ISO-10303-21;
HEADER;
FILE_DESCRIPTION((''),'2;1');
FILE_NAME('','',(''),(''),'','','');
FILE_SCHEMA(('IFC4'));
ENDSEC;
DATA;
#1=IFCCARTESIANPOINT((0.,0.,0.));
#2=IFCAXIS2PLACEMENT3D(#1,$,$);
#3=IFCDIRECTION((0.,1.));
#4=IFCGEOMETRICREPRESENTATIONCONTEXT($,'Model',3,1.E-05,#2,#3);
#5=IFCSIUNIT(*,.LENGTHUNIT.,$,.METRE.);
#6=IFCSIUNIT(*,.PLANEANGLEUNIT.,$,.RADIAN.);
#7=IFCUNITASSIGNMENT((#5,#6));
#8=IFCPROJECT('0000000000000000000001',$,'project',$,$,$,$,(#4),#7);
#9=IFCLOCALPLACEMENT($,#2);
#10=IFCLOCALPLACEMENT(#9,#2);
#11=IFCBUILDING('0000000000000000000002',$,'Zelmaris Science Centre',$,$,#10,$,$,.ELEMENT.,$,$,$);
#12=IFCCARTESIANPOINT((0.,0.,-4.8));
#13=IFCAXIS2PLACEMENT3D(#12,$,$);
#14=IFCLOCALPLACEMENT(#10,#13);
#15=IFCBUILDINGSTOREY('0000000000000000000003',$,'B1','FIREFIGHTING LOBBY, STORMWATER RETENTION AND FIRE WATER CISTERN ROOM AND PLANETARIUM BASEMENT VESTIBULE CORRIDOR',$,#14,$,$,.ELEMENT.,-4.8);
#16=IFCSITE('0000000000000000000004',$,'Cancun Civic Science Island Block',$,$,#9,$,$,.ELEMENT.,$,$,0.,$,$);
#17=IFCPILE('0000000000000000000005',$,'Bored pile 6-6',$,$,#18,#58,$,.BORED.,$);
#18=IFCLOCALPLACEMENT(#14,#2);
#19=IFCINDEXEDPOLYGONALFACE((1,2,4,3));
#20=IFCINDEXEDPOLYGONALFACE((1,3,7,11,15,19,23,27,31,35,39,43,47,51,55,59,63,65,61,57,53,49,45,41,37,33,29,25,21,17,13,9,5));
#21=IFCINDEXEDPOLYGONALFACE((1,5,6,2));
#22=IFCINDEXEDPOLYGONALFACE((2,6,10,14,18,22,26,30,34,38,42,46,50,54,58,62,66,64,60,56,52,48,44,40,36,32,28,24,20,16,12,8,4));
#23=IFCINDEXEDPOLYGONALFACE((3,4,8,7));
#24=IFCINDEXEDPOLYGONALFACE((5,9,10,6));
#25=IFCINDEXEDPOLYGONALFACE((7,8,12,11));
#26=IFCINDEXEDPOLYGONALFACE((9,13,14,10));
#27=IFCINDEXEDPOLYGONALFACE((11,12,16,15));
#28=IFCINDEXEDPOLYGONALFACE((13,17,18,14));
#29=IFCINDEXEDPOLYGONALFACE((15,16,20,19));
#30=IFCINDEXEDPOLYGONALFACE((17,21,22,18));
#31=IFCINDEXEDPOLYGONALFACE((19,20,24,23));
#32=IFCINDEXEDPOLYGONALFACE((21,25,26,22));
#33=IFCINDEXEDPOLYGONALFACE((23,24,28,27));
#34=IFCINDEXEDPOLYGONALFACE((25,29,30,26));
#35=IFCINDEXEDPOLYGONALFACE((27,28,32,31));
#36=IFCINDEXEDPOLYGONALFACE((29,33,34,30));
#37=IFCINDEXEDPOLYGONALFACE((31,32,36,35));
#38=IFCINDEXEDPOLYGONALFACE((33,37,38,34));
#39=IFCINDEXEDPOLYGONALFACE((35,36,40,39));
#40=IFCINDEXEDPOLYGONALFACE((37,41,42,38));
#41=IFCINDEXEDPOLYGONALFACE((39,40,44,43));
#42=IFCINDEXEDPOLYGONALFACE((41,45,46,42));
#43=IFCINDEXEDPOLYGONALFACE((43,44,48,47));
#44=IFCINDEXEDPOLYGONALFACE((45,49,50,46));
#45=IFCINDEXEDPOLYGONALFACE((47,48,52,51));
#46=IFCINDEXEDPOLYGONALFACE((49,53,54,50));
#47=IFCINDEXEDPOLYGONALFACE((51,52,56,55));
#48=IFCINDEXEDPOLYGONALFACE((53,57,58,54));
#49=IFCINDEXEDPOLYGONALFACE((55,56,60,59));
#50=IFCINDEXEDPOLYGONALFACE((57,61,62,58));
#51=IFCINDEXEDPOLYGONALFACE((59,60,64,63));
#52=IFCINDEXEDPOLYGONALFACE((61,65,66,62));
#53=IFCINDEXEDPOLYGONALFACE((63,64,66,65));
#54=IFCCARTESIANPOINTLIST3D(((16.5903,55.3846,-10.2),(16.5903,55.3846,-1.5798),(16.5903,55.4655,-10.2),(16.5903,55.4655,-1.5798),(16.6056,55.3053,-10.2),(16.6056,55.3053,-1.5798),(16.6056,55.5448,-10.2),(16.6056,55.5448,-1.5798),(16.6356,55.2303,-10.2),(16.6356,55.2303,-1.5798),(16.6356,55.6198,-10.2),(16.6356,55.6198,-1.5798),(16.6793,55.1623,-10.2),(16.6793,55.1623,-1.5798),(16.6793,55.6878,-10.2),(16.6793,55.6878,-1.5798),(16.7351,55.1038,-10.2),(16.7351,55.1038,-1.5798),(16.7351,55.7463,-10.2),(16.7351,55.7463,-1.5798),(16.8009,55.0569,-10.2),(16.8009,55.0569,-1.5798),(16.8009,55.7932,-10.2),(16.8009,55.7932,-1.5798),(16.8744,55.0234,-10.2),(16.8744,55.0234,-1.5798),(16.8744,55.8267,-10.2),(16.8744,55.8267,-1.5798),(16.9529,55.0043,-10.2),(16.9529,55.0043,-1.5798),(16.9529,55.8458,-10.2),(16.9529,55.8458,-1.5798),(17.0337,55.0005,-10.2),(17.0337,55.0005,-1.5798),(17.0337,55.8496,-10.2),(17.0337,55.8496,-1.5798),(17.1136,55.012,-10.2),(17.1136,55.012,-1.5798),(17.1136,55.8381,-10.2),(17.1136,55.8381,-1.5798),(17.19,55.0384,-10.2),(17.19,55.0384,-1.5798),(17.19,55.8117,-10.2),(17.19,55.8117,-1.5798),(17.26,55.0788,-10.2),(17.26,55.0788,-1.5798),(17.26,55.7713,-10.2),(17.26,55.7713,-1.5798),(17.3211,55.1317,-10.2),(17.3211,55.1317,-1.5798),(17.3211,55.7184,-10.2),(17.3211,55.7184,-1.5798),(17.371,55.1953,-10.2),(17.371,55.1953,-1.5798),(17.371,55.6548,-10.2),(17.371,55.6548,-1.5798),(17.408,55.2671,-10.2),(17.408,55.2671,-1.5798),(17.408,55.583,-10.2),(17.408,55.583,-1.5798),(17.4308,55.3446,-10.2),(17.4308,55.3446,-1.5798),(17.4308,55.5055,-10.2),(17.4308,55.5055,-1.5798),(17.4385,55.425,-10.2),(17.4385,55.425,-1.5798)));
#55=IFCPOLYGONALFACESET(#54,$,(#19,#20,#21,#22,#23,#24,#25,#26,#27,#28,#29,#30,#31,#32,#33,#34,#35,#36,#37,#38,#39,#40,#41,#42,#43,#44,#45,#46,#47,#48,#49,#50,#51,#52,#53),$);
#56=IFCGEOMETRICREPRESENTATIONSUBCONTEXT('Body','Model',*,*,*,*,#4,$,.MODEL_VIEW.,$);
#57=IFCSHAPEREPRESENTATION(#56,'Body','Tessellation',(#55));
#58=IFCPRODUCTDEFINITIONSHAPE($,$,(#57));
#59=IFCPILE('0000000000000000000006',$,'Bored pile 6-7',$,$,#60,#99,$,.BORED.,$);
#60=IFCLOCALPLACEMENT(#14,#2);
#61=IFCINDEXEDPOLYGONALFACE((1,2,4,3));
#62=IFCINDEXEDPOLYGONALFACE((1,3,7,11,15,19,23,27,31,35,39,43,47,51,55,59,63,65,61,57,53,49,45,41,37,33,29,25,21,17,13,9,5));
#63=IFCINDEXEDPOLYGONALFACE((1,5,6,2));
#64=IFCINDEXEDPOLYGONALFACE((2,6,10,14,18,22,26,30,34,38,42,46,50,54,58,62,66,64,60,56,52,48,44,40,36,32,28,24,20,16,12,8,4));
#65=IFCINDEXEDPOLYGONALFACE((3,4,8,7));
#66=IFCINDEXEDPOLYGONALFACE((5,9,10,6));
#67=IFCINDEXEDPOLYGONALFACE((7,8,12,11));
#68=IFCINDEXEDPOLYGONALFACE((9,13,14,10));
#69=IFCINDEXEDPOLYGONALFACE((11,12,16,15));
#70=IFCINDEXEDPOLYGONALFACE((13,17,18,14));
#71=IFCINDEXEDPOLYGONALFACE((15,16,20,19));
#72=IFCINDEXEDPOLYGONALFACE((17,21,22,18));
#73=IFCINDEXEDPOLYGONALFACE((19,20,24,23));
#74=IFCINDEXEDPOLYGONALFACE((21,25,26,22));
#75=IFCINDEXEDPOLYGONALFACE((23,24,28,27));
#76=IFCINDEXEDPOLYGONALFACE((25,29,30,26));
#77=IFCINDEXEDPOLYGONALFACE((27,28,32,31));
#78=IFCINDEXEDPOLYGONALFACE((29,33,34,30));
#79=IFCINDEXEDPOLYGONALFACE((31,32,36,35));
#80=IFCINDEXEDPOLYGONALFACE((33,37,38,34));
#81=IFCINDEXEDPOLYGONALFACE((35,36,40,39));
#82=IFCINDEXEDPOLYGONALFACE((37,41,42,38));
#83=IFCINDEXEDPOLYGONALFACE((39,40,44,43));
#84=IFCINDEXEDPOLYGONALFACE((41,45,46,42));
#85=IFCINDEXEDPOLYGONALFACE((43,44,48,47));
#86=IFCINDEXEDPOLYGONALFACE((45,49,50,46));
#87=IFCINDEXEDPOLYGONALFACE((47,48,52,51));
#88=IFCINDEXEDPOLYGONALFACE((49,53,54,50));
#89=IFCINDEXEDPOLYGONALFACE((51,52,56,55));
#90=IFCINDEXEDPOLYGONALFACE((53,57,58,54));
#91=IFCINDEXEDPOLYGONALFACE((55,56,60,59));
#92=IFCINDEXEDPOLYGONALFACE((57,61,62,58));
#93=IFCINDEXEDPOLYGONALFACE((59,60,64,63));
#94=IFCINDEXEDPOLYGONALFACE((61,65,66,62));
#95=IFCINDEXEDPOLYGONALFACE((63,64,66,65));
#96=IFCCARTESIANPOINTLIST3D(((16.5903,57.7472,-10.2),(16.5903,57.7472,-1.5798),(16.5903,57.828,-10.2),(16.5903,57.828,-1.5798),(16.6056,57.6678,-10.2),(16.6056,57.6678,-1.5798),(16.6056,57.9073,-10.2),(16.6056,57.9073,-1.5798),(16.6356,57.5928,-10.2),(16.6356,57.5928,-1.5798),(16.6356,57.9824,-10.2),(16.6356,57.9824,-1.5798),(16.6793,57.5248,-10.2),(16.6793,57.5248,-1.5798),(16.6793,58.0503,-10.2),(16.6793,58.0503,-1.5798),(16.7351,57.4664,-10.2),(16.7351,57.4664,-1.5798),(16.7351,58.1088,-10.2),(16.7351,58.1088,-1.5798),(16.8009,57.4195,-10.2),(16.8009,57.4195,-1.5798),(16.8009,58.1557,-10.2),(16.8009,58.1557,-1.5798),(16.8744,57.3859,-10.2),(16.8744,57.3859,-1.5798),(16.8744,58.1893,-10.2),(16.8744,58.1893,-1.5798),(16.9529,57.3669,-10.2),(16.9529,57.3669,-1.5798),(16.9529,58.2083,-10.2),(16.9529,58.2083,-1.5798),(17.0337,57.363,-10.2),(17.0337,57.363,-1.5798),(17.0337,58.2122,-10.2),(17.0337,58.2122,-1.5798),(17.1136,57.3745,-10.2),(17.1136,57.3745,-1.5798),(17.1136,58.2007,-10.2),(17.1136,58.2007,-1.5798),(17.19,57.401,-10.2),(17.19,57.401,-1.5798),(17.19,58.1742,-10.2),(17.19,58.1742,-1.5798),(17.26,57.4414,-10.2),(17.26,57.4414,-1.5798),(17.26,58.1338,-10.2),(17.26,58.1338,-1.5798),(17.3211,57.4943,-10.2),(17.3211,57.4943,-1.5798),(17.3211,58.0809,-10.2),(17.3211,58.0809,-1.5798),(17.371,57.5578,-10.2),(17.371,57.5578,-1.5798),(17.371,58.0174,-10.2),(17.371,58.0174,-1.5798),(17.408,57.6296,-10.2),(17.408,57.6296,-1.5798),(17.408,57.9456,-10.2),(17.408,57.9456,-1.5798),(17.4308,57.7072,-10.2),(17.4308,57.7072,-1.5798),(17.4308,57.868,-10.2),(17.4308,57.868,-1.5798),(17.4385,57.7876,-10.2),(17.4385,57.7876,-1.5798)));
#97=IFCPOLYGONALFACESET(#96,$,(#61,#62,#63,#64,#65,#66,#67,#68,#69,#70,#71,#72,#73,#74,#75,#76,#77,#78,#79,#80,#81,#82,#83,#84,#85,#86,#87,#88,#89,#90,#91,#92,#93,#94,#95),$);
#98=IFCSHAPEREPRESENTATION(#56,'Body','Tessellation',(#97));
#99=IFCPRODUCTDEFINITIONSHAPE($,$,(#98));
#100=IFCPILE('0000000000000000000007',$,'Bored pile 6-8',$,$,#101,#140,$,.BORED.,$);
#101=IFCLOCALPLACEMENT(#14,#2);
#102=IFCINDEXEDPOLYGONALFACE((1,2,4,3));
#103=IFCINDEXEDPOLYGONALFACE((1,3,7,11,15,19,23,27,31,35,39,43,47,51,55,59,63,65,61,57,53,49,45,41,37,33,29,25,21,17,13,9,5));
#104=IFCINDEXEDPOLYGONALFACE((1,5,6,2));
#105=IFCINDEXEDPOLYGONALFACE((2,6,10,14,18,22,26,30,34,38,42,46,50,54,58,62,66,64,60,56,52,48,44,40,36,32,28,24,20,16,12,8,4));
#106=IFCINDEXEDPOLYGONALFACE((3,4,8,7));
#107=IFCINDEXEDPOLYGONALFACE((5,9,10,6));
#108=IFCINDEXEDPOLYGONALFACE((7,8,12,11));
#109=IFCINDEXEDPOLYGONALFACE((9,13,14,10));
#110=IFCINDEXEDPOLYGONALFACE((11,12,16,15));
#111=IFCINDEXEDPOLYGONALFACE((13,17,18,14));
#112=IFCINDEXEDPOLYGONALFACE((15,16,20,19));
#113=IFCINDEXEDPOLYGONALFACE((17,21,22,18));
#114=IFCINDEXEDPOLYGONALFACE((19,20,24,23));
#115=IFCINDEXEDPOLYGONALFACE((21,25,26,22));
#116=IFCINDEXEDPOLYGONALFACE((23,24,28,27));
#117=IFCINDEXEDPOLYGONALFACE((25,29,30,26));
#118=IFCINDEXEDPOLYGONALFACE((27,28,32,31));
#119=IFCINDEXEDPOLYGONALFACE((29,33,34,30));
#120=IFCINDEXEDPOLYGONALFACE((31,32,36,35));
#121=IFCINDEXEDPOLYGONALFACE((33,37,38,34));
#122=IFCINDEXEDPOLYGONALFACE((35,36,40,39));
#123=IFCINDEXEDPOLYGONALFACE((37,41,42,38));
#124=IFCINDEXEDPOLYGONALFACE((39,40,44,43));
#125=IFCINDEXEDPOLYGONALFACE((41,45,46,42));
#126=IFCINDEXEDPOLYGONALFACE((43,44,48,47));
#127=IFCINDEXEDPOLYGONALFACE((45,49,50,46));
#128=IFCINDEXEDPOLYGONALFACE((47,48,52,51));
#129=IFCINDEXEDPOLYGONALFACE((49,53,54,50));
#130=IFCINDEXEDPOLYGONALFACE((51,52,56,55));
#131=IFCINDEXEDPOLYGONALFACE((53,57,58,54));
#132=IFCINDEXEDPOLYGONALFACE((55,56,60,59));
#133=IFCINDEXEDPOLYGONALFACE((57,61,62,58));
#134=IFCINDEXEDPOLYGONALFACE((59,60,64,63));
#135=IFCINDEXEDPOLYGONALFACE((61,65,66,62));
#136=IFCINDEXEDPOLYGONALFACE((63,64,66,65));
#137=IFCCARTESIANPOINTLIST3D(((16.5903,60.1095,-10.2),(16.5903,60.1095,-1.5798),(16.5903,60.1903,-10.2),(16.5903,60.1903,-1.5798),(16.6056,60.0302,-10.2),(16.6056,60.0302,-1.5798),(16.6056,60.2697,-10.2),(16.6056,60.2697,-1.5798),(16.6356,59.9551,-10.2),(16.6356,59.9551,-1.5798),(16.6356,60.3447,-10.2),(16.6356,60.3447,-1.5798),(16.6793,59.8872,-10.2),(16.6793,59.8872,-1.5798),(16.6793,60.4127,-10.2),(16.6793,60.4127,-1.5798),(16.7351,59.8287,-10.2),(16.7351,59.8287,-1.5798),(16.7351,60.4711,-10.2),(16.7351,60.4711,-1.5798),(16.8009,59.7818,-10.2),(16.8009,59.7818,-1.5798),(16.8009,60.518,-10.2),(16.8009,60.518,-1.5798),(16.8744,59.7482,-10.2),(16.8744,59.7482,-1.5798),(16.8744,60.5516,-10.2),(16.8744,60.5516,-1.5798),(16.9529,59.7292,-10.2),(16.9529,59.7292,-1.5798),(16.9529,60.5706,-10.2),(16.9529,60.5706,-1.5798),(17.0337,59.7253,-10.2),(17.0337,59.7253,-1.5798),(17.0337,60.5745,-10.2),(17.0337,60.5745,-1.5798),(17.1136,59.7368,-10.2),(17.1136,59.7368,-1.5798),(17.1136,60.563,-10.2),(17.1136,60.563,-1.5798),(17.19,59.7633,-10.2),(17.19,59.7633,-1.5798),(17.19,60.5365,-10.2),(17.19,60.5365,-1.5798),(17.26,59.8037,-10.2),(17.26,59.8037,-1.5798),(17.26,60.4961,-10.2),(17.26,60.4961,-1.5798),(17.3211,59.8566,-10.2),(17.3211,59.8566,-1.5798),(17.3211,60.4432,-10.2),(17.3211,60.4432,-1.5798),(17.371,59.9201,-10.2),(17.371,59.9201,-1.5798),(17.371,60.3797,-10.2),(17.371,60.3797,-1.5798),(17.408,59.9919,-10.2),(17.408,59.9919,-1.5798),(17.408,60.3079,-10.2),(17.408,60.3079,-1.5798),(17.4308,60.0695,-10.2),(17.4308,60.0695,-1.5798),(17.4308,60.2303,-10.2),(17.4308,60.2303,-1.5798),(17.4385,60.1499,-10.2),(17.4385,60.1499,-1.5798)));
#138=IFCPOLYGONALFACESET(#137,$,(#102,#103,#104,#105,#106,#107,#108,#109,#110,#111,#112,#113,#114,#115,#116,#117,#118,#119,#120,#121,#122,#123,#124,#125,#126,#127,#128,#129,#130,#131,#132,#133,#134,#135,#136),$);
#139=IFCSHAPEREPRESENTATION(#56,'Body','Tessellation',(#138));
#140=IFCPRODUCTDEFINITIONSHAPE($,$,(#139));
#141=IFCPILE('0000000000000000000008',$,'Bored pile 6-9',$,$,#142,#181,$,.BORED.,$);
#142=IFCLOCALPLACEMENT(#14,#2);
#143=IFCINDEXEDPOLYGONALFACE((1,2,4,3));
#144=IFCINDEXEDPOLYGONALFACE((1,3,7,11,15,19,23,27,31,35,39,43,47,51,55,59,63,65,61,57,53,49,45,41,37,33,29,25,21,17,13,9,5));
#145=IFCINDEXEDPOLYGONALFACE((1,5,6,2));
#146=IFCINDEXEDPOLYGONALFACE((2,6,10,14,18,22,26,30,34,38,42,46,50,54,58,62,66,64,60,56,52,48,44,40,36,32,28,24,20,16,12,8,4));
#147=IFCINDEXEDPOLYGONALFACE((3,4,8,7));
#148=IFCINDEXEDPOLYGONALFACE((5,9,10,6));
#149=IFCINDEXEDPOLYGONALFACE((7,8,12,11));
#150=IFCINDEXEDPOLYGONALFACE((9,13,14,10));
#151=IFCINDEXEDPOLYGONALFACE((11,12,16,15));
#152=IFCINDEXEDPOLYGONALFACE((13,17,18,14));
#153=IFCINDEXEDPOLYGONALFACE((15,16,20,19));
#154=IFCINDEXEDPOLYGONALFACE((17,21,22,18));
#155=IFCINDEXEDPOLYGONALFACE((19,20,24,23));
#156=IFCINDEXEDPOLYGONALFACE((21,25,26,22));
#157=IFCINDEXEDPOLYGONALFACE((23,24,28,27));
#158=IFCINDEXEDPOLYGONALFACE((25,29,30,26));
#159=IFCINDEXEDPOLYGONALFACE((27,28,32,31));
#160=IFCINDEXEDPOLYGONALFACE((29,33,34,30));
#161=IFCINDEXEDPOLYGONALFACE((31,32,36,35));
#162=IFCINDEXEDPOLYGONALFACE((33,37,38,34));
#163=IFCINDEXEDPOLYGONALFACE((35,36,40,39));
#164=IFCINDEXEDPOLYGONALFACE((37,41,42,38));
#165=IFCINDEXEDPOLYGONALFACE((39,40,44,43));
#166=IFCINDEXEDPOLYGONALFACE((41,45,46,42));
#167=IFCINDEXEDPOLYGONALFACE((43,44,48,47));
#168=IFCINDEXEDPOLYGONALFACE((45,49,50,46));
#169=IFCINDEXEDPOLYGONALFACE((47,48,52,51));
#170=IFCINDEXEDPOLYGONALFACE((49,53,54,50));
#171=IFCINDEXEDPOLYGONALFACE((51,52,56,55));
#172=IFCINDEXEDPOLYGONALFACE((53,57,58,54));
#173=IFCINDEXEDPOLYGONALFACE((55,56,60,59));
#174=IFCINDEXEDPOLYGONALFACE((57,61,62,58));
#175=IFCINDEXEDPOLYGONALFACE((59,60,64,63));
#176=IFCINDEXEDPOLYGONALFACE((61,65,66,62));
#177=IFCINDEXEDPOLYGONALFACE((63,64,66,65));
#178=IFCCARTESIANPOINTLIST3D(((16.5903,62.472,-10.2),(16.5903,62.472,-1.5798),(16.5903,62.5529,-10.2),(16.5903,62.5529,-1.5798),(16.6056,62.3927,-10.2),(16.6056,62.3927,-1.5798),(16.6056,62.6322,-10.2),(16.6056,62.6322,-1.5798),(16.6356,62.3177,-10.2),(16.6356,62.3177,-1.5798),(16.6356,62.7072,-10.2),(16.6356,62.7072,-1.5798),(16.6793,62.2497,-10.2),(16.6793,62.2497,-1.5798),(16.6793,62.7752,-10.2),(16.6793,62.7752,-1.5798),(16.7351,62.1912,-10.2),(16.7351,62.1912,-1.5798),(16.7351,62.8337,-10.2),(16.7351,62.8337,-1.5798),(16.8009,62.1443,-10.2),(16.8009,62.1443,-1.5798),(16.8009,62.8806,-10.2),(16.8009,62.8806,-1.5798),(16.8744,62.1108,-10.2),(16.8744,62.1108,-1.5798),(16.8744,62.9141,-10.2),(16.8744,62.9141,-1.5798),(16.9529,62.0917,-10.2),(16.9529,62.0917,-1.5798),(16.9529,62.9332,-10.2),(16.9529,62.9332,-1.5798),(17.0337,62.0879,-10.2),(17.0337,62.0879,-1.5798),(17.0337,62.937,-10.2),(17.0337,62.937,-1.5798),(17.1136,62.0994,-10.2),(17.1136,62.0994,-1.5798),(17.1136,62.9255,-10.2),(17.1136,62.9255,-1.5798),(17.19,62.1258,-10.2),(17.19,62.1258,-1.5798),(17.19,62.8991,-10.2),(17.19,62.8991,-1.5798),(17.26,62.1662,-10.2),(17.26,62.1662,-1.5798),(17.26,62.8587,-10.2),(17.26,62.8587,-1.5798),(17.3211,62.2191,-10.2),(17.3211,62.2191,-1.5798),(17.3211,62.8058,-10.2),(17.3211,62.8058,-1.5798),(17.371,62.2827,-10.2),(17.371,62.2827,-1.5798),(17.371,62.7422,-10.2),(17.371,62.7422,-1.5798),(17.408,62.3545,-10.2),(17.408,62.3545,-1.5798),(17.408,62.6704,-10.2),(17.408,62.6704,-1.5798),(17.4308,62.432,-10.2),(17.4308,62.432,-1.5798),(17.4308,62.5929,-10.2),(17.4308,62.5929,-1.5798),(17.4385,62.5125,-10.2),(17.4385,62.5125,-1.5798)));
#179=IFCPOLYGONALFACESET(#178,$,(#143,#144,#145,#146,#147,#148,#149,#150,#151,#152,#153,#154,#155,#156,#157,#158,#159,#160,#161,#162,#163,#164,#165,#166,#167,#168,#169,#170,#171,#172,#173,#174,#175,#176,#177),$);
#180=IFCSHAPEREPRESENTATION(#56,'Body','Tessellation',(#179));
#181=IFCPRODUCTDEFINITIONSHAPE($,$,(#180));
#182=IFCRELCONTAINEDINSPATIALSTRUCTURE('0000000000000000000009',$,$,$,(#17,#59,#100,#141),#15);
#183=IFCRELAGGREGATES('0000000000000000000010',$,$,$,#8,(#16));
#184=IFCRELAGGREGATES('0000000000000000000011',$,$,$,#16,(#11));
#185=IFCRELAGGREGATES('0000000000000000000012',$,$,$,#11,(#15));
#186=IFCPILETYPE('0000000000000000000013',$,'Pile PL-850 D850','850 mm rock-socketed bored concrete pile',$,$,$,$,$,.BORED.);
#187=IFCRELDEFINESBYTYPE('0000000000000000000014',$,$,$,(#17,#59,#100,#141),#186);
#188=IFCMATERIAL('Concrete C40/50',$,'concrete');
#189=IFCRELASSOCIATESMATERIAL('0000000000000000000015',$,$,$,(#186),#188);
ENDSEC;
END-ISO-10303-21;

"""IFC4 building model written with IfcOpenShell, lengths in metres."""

from ifc_helpers import new_model, si_unit, direction, frame, origin, origin_2d, place, context, subcontext, project, spatial, circle, extrude, material, material_profile, profile_set, type_object, element, save


model = new_model("IFC4")

# Units and contexts
model_context = context("Model", 3, precision=1e-05, world=origin(), true_north=direction((0.0, 1.0)))
body_context = subcontext(model_context, "Body", "Model", "MODEL_VIEW")
ifc_project = project(units=[si_unit("LENGTHUNIT", "METRE"), si_unit("PLANEANGLEUNIT", "RADIAN")], contexts=[model_context])

# Site, building, storey
site_placement = place(None, origin())
site = spatial("IfcSite", under=ifc_project, at=site_placement, Name="Cancun Civic Science Island Block", CompositionType="ELEMENT", RefElevation=0.0)
building_placement = place(site_placement, origin())
building = spatial("IfcBuilding", under=site, at=building_placement, Name="Zelmaris Science Centre", CompositionType="ELEMENT")
storey_placement = place(building_placement, frame((0.0, 0.0, -4.8)))
storey = spatial("IfcBuildingStorey", under=building, at=storey_placement, Name="B1", Description="FIREFIGHTING LOBBY, STORMWATER RETENTION AND FIRE WATER CISTERN ROOM AND PLANETARIUM BASEMENT VESTIBULE CORRIDOR", CompositionType="ELEMENT", Elevation=-4.8)

# Shared definitions
ifc_material_1 = material(Name="Concrete C40/50", Category="concrete")

# Piles
ifc_material_profile_1 = material_profile(ifc_material_1, circle(Radius=0.425, at=origin_2d()), Name="PILE-850")
ifc_profile_set_1 = profile_set([ifc_material_profile_1], Name="Concrete C40/50")
pile_type_1 = type_object("IfcPileType", Name="Pile PL-850 D850", Description="850 mm rock-socketed bored concrete pile", PredefinedType="BORED", material=ifc_profile_set_1)
for number, where, z_axis, x_axis, name in (
    (1, (17.0134, 55.425, -1.5798), (0.0, 0.0, -1.0), (1.0, 0.0, 0.0), "Bored pile 6-6"),
    (2, (17.0134, 57.7876, -1.5798), (0.0, 0.0, -1.0), (1.0, 0.0, 0.0), "Bored pile 6-7"),
    (3, (17.0134, 60.1499, -1.5798), (0.0, 0.0, -1.0), (1.0, 0.0, 0.0), "Bored pile 6-8"),
    (4, (17.0134, 62.5125, -1.5798), (0.0, 0.0, -1.0), (1.0, 0.0, 0.0), "Bored pile 6-9"),
):
    element("IfcPile", number, at=place(storey_placement, frame(where, z_axis=z_axis, x_axis=x_axis)), inside=storey, type_object=pile_type_1, Name=name, PredefinedType="BORED", context=body_context, shape_type="SweptSolid", body=[
        extrude(circle(Radius=0.425, at=origin_2d()), origin(), (0.0, 0.0, 1.0), 8.6201),
    ])

save(model, "model.ifc")
